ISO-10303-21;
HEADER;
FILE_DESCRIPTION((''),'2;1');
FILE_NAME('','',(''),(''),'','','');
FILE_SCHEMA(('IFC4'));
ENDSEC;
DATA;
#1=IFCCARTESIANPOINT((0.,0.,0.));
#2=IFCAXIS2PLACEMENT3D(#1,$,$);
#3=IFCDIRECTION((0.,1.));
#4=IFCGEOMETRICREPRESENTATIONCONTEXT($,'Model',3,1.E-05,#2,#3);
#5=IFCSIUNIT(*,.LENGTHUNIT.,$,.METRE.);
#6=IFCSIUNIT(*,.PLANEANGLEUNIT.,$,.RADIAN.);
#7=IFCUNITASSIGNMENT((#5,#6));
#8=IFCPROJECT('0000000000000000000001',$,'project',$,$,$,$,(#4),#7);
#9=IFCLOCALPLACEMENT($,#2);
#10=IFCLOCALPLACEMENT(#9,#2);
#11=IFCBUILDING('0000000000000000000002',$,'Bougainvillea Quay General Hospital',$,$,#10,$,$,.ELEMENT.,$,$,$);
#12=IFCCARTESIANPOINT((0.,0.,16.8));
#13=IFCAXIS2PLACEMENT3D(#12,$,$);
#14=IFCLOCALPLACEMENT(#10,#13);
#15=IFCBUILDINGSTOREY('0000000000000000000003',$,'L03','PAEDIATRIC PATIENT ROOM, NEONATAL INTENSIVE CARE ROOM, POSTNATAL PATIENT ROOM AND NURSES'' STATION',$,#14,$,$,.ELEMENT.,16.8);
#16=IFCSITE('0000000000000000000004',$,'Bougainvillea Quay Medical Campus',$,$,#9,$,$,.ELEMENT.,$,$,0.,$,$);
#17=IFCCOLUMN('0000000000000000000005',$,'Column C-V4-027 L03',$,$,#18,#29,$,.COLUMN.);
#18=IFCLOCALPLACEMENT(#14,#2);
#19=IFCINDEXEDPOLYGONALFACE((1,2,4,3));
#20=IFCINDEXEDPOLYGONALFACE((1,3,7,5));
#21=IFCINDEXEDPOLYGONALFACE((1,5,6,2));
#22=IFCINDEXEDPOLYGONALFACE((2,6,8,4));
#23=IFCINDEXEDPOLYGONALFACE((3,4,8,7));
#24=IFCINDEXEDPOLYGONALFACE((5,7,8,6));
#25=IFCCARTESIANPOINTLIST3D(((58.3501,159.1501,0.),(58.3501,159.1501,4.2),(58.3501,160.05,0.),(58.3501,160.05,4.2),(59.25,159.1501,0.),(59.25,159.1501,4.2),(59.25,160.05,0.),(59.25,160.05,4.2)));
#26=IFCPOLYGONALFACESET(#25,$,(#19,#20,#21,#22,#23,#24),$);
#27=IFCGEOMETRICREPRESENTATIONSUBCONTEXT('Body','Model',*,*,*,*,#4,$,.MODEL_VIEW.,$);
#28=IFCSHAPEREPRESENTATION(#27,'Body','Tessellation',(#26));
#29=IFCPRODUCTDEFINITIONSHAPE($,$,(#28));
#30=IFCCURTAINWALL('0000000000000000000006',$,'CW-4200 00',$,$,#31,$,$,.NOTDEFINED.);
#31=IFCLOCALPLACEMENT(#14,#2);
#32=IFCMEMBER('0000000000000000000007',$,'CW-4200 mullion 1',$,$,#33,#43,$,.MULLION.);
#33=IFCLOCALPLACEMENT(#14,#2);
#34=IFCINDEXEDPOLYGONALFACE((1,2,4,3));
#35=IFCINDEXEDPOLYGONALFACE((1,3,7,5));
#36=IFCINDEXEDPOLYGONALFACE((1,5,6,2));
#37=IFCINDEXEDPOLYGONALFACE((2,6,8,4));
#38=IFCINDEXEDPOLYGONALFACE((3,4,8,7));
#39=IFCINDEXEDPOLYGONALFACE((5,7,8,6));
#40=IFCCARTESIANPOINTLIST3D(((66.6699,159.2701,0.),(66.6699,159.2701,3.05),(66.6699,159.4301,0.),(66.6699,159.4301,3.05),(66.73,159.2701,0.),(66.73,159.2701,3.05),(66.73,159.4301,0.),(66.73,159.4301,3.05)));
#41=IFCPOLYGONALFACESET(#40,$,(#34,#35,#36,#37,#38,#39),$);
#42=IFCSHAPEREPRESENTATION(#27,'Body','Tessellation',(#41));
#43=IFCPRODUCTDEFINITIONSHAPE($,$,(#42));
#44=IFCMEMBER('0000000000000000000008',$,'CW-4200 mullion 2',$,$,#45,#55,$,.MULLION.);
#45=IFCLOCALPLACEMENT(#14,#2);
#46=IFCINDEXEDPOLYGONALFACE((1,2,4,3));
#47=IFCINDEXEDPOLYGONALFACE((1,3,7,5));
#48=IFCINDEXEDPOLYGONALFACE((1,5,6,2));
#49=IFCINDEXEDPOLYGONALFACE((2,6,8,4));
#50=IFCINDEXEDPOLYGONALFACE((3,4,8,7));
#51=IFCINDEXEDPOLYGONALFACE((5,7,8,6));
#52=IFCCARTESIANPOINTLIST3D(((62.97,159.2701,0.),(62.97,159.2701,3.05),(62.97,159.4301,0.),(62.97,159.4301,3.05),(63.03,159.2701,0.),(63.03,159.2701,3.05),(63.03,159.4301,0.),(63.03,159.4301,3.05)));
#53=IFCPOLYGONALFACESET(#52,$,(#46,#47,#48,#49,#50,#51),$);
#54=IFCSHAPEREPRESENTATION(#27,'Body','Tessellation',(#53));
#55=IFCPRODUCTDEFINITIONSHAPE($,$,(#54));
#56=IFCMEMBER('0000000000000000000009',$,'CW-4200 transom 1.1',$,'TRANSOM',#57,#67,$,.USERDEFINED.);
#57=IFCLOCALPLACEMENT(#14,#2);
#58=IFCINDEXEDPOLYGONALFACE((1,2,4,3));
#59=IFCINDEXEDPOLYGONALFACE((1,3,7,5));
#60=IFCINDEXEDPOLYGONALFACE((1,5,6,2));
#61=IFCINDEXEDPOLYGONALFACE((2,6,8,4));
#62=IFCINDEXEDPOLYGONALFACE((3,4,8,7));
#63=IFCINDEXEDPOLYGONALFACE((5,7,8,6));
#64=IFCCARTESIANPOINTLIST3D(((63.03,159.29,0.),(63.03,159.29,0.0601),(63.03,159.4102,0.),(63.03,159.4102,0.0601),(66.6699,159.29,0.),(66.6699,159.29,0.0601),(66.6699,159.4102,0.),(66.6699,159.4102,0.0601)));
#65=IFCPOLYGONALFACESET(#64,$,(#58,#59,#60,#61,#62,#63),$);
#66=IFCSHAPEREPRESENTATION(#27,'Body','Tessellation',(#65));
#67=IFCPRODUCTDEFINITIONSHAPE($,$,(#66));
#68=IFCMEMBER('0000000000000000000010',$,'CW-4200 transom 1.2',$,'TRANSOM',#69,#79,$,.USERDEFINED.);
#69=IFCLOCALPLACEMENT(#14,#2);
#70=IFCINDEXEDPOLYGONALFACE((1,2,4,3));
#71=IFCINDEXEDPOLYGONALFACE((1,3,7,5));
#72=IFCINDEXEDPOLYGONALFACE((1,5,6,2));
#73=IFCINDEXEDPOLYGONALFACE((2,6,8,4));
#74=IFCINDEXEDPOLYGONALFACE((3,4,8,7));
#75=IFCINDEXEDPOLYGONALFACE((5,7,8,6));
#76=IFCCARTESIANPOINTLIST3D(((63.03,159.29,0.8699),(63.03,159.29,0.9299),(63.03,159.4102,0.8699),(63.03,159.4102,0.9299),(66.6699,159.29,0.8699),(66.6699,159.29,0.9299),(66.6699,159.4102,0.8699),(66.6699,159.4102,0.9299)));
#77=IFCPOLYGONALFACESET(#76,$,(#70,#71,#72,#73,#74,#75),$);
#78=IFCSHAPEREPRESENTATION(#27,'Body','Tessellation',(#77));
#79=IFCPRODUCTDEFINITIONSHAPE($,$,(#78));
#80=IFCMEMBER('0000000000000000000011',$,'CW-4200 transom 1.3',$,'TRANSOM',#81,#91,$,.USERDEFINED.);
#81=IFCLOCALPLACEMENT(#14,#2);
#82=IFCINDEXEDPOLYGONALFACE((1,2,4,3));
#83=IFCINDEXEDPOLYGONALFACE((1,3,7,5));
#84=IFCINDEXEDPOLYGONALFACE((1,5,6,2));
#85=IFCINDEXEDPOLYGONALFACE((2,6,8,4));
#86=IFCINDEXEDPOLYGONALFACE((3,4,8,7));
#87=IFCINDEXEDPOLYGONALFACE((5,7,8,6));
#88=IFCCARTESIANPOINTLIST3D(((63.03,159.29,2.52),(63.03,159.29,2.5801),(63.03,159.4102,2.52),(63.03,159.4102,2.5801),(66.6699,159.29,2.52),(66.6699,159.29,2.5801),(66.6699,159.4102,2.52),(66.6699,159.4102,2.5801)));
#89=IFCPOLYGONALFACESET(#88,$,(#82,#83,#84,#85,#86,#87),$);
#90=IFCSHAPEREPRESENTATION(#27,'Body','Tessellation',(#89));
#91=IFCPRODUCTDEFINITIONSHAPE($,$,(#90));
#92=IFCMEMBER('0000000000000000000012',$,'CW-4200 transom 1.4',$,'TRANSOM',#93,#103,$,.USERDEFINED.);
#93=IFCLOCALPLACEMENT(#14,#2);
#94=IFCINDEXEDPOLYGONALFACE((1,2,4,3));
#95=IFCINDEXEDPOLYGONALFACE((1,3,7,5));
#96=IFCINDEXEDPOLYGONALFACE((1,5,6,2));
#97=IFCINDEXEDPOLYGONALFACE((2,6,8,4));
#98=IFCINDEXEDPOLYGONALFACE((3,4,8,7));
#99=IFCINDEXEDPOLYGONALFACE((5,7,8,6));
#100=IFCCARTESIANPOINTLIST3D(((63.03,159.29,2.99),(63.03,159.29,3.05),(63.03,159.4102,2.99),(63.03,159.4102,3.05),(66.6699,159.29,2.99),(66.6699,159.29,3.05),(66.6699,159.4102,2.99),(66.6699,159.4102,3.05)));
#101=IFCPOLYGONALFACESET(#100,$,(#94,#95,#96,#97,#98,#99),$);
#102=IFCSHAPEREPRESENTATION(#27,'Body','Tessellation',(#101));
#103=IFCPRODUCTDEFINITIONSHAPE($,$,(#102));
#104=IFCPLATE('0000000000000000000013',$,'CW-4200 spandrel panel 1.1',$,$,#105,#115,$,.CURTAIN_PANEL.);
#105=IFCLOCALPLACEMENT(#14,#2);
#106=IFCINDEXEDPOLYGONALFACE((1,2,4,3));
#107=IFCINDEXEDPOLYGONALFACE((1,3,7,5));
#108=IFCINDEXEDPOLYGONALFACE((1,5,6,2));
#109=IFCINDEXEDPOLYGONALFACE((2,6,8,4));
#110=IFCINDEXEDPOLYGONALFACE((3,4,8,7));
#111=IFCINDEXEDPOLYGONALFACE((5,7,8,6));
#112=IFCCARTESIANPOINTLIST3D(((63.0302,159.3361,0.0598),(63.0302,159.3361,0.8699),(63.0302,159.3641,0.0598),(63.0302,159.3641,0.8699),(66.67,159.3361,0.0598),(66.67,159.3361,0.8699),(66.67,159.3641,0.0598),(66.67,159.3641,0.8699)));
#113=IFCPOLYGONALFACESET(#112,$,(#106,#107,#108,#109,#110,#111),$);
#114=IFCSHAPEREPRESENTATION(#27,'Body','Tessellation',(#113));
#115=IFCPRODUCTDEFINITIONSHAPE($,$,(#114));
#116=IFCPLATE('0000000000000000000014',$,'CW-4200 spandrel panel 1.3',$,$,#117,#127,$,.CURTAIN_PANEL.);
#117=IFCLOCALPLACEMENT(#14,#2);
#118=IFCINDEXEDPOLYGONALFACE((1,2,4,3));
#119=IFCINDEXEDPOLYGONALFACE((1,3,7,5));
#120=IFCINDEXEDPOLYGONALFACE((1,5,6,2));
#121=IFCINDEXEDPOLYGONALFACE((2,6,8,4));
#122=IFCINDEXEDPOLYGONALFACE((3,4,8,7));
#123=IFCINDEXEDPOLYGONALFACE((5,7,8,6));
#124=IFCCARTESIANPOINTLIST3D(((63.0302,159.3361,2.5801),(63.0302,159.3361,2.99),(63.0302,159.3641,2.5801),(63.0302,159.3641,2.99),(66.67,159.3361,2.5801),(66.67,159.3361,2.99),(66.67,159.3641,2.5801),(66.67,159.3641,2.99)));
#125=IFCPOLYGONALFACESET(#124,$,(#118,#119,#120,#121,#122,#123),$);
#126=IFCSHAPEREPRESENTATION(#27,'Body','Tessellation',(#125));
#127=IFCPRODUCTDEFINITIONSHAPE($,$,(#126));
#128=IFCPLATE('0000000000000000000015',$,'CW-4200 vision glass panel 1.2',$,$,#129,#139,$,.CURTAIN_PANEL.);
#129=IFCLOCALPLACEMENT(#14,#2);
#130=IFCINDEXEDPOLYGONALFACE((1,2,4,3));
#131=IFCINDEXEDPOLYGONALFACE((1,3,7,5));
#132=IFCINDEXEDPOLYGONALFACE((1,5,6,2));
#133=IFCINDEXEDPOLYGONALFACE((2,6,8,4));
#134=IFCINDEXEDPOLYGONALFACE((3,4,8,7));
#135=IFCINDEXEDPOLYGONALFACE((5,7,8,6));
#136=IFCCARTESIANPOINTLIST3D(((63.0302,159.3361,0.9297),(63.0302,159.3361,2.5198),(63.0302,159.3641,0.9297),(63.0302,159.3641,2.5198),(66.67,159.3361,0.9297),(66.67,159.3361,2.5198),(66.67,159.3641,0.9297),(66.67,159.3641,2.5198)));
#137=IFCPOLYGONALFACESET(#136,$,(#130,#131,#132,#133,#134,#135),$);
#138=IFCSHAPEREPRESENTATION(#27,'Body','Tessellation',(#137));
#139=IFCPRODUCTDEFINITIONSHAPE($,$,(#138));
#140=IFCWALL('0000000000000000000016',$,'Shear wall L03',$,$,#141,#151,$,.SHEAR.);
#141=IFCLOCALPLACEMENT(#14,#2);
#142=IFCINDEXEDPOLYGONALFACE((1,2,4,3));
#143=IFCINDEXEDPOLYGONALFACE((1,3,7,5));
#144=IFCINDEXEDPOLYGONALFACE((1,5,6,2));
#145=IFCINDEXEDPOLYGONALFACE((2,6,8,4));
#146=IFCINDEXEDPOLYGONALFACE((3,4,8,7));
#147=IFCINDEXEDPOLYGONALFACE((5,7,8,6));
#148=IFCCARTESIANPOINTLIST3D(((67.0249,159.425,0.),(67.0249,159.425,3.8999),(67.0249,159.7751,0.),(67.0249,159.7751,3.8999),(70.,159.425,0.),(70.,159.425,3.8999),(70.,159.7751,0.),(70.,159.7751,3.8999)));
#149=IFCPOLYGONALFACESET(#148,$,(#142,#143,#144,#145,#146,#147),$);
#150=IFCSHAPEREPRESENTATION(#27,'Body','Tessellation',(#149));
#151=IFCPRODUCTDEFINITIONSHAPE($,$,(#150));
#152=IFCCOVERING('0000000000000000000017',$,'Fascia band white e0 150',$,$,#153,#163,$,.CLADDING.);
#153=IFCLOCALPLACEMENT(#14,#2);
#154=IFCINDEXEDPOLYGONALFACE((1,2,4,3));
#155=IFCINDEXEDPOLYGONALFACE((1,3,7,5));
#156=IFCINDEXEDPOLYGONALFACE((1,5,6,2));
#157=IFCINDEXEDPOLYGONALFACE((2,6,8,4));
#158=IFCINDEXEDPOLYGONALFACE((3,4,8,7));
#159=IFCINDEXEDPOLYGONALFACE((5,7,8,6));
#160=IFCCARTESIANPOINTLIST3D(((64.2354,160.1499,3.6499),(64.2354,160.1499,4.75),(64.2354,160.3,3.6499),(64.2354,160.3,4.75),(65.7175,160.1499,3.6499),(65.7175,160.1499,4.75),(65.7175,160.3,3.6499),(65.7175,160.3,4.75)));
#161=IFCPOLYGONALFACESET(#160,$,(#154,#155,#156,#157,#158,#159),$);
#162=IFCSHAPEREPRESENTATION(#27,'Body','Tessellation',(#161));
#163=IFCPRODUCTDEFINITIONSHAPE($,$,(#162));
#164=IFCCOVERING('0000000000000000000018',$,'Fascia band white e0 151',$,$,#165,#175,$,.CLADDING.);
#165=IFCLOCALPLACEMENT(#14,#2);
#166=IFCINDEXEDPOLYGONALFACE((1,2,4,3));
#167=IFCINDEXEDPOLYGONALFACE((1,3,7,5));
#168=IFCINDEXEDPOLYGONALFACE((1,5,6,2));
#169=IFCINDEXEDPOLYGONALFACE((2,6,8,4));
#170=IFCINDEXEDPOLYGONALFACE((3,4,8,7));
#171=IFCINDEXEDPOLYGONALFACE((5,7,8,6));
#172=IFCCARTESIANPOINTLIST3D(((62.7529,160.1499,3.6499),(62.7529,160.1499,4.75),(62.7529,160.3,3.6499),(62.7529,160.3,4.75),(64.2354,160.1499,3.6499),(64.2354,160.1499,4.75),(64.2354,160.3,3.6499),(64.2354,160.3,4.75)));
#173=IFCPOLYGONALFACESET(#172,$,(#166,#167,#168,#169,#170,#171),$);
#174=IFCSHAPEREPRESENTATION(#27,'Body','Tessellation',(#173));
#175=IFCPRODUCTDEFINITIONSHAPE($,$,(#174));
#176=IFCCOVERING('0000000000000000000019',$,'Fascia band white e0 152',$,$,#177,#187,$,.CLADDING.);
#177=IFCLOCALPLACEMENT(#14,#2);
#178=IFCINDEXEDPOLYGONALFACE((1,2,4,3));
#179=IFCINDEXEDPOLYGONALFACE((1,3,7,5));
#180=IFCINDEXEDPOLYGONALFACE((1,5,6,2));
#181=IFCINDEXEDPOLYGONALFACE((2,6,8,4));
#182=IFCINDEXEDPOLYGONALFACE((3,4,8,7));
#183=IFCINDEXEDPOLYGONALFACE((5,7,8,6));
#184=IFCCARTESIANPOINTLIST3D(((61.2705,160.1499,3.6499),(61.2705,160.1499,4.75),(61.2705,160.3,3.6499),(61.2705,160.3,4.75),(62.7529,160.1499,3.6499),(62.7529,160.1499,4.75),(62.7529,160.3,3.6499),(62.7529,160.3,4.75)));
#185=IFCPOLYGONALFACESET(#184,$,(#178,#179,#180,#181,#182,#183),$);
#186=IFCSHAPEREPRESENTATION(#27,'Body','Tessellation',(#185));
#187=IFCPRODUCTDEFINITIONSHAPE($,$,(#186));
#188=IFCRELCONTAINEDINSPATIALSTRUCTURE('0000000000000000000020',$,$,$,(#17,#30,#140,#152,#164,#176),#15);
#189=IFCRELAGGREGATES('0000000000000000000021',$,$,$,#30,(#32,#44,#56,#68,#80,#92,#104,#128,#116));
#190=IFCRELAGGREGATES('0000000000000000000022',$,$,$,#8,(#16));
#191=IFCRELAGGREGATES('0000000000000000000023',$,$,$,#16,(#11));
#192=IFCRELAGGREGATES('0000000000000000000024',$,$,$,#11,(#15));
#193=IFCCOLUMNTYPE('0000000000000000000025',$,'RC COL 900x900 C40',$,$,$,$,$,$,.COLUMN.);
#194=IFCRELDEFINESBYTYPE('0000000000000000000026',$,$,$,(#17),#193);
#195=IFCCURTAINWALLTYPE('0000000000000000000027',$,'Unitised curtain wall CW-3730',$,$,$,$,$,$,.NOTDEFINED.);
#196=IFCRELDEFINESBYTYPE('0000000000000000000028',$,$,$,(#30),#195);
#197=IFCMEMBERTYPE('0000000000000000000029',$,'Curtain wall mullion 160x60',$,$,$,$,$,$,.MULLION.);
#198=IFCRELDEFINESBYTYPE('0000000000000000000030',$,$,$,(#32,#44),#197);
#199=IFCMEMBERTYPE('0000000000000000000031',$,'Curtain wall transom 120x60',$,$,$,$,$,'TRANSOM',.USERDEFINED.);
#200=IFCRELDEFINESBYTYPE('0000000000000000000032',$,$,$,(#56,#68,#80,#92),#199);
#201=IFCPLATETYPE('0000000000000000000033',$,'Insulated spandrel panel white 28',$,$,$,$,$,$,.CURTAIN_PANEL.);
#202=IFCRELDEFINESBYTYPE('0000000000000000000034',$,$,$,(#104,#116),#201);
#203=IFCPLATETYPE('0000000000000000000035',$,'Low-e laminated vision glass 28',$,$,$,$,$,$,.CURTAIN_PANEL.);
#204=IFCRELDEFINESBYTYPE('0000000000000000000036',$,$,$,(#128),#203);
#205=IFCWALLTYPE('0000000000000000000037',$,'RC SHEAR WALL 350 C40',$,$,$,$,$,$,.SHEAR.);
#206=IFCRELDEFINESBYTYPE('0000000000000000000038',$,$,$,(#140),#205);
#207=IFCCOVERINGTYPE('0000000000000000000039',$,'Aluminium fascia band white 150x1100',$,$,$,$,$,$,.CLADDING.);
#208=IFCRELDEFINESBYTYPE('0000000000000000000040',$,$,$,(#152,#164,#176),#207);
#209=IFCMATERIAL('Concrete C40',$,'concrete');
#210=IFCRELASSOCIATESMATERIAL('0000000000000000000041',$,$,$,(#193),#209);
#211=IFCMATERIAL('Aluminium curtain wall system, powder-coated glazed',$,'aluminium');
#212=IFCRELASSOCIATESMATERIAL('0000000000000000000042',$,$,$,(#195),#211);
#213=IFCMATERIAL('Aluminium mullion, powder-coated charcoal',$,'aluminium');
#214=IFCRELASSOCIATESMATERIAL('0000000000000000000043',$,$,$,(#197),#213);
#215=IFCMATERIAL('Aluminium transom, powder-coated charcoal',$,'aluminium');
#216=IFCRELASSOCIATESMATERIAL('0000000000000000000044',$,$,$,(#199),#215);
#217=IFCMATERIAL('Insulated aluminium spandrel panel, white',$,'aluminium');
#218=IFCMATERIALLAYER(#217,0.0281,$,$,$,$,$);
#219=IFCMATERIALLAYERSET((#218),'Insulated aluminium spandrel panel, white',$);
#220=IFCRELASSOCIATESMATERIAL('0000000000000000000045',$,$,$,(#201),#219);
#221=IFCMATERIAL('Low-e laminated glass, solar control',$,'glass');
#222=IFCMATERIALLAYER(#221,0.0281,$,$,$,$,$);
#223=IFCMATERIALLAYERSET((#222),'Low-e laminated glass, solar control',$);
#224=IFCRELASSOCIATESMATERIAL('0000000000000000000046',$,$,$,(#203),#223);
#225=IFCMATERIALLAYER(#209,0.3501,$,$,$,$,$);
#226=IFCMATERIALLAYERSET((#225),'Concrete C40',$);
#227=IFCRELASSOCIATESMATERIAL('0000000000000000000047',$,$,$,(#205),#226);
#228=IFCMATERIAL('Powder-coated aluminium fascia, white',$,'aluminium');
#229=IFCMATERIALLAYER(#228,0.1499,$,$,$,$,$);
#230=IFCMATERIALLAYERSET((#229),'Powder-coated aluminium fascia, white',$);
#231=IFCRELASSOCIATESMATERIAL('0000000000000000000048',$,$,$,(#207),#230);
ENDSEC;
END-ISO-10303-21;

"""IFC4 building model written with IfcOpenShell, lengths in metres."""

from ifc_helpers import new_model, si_unit, direction, frame, frame_2d, origin, origin_2d, place, context, subcontext, project, spatial, polyline, rectangle, outline, extrude, material, layer, layer_set, material_profile, profile_set, type_object, element, aggregate, save


model = new_model("IFC4")

# Units and contexts
model_context = context("Model", 3, precision=1e-05, world=origin(), true_north=direction((0.0, 1.0)))
body_context = subcontext(model_context, "Body", "Model", "MODEL_VIEW")
ifc_project = project(units=[si_unit("LENGTHUNIT", "METRE"), si_unit("PLANEANGLEUNIT", "RADIAN")], contexts=[model_context])

# Site, building, storey
site_placement = place(None, origin())
site = spatial("IfcSite", under=ifc_project, at=site_placement, Name="Bougainvillea Quay Medical Campus", CompositionType="ELEMENT", RefElevation=0.0)
building_placement = place(site_placement, origin())
building = spatial("IfcBuilding", under=site, at=building_placement, Name="Bougainvillea Quay General Hospital", CompositionType="ELEMENT")
storey_placement = place(building_placement, frame((0.0, 0.0, 16.8)))
storey = spatial("IfcBuildingStorey", under=building, at=storey_placement, Name="L03", Description="PAEDIATRIC PATIENT ROOM, NEONATAL INTENSIVE CARE ROOM, POSTNATAL PATIENT ROOM AND NURSES' STATION", CompositionType="ELEMENT", Elevation=16.8)

# Column
ifc_material_1 = material(Name="Concrete C40", Category="concrete")
ifc_material_profile_1 = material_profile(ifc_material_1, rectangle(XDim=0.8999, YDim=0.8999, at=origin_2d()))
ifc_profile_set_1 = profile_set([ifc_material_profile_1], Name="Concrete C40")
column_type = type_object("IfcColumnType", Name="RC COL 900x900 C40", PredefinedType="COLUMN", material=ifc_profile_set_1)
column_placement = place(storey_placement, frame((58.8, 159.6001, 0.0), z_axis=(0.0, 0.0, 1.0), x_axis=(1.0, 0.0, 0.0)))
element("IfcColumn", 1, at=column_placement, inside=storey, type_object=column_type, Name="Column C-V4-027 L03", PredefinedType="COLUMN", context=body_context, shape_type="SweptSolid", body=[
    extrude(rectangle(XDim=0.8999, YDim=0.8999, at=origin_2d()), origin(), (0.0, 0.0, 1.0), 4.2),
])

# Curtain wall, members, plates
ifc_material_2 = material(Name="Aluminium curtain wall system, powder-coated glazed", Category="aluminium")
curtain_wall_type = type_object("IfcCurtainWallType", Name="Unitised curtain wall CW-3730", PredefinedType="NOTDEFINED", material=ifc_material_2)
curtain_wall_placement = place(storey_placement, origin())
curtain_wall = element("IfcCurtainWall", 2, at=curtain_wall_placement, inside=storey, type_object=curtain_wall_type, Name="CW-4200 00", PredefinedType="NOTDEFINED")
ifc_material_3 = material(Name="Aluminium mullion, powder-coated charcoal", Category="aluminium")
ifc_material_profile_2 = material_profile(ifc_material_3, rectangle(XDim=0.1599, YDim=0.0601, at=origin_2d()))
ifc_profile_set_2 = profile_set([ifc_material_profile_2], Name="Aluminium mullion, powder-coated charcoal")
member_type_1 = type_object("IfcMemberType", Name="Curtain wall mullion 160x60", PredefinedType="MULLION", material=ifc_profile_set_2)
member_1_placement = place(storey_placement, frame((66.7, 159.3501, 0.0), z_axis=(0.0, 0.0, 1.0), x_axis=(0.0, -1.0, 0.0)))
member_1 = element("IfcMember", 3, at=member_1_placement, type_object=member_type_1, Name="CW-4200 mullion 1", PredefinedType="MULLION", context=body_context, shape_type="SweptSolid", body=[
    extrude(rectangle(XDim=0.1599, YDim=0.0601, at=origin_2d()), origin(), (0.0, 0.0, 1.0), 3.05),
])
member_2_placement = place(storey_placement, frame((63.0, 159.3501, 0.0), z_axis=(0.0, 0.0, 1.0), x_axis=(0.0, -1.0, 0.0)))
member_2 = element("IfcMember", 4, at=member_2_placement, type_object=member_type_1, Name="CW-4200 mullion 2", PredefinedType="MULLION", context=body_context, shape_type="SweptSolid", body=[
    extrude(rectangle(XDim=0.1599, YDim=0.0601, at=origin_2d()), origin(), (0.0, 0.0, 1.0), 3.05),
])
ifc_material_4 = material(Name="Aluminium transom, powder-coated charcoal", Category="aluminium")
ifc_material_profile_3 = material_profile(ifc_material_4, rectangle(XDim=0.1201, YDim=0.0601, at=origin_2d()))
ifc_profile_set_3 = profile_set([ifc_material_profile_3], Name="Aluminium transom, powder-coated charcoal")
member_type_2 = type_object("IfcMemberType", Name="Curtain wall transom 120x60", ElementType="TRANSOM", PredefinedType="USERDEFINED", material=ifc_profile_set_3)
member_3_placement = place(storey_placement, frame((66.6699, 159.3501, 0.03), z_axis=(-1.0, 0.0, 0.0), x_axis=(0.0, -1.0, 0.0)))
member_3 = element("IfcMember", 5, at=member_3_placement, type_object=member_type_2, Name="CW-4200 transom 1.1", ObjectType="TRANSOM", PredefinedType="USERDEFINED", context=body_context, shape_type="SweptSolid", body=[
    extrude(rectangle(XDim=0.1201, YDim=0.0601, at=origin_2d()), origin(), (0.0, 0.0, 1.0), 3.6399),
])
member_4_placement = place(storey_placement, frame((66.6699, 159.3501, 0.8999), z_axis=(-1.0, 0.0, 0.0), x_axis=(0.0, -1.0, 0.0)))
member_4 = element("IfcMember", 6, at=member_4_placement, type_object=member_type_2, Name="CW-4200 transom 1.2", ObjectType="TRANSOM", PredefinedType="USERDEFINED", context=body_context, shape_type="SweptSolid", body=[
    extrude(rectangle(XDim=0.1201, YDim=0.0601, at=origin_2d()), origin(), (0.0, 0.0, 1.0), 3.6399),
])
member_5_placement = place(storey_placement, frame((66.6699, 159.3501, 2.55), z_axis=(-1.0, 0.0, 0.0), x_axis=(0.0, -1.0, 0.0)))
member_5 = element("IfcMember", 7, at=member_5_placement, type_object=member_type_2, Name="CW-4200 transom 1.3", ObjectType="TRANSOM", PredefinedType="USERDEFINED", context=body_context, shape_type="SweptSolid", body=[
    extrude(rectangle(XDim=0.1201, YDim=0.0601, at=origin_2d()), origin(), (0.0, 0.0, 1.0), 3.6399),
])
member_6_placement = place(storey_placement, frame((66.6699, 159.3501, 3.02), z_axis=(-1.0, 0.0, 0.0), x_axis=(0.0, -1.0, 0.0)))
member_6 = element("IfcMember", 8, at=member_6_placement, type_object=member_type_2, Name="CW-4200 transom 1.4", ObjectType="TRANSOM", PredefinedType="USERDEFINED", context=body_context, shape_type="SweptSolid", body=[
    extrude(rectangle(XDim=0.1201, YDim=0.0601, at=origin_2d()), origin(), (0.0, 0.0, 1.0), 3.6399),
])
ifc_material_5 = material(Name="Insulated aluminium spandrel panel, white", Category="aluminium")
ifc_layer_1 = layer(ifc_material_5, 0.0281)
ifc_layer_set_1 = layer_set([ifc_layer_1], Name="Insulated aluminium spandrel panel, white")
plate_type_1 = type_object("IfcPlateType", Name="Insulated spandrel panel white 28", PredefinedType="CURTAIN_PANEL", material=ifc_layer_set_1)
plate_1_placement = place(storey_placement, frame((64.8501, 159.3501, 0.0598), z_axis=(0.0, 0.0, 1.0), x_axis=(-1.0, 0.0, 0.0)))
plate_1 = element("IfcPlate", 9, at=plate_1_placement, type_object=plate_type_1, Name="CW-4200 spandrel panel 1.1", PredefinedType="CURTAIN_PANEL", context=body_context, shape_type="SweptSolid", body=[
    extrude(rectangle(XDim=3.6399, YDim=0.0281, at=origin_2d()), origin(), (0.0, 0.0, 1.0), 0.8101),
])
plate_2_placement = place(storey_placement, frame((64.8501, 159.3501, 2.5801), z_axis=(0.0, 0.0, 1.0), x_axis=(-1.0, 0.0, 0.0)))
plate_2 = element("IfcPlate", 10, at=plate_2_placement, type_object=plate_type_1, Name="CW-4200 spandrel panel 1.3", PredefinedType="CURTAIN_PANEL", context=body_context, shape_type="SweptSolid", body=[
    extrude(rectangle(XDim=3.6399, YDim=0.0281, at=origin_2d()), origin(), (0.0, 0.0, 1.0), 0.4099),
])
ifc_material_6 = material(Name="Low-e laminated glass, solar control", Category="glass")
ifc_layer_2 = layer(ifc_material_6, 0.0281)
ifc_layer_set_2 = layer_set([ifc_layer_2], Name="Low-e laminated glass, solar control")
plate_type_2 = type_object("IfcPlateType", Name="Low-e laminated vision glass 28", PredefinedType="CURTAIN_PANEL", material=ifc_layer_set_2)
plate_3_placement = place(storey_placement, frame((64.8501, 159.3501, 0.9297), z_axis=(0.0, 0.0, 1.0), x_axis=(-1.0, 0.0, 0.0)))
plate_3 = element("IfcPlate", 11, at=plate_3_placement, type_object=plate_type_2, Name="CW-4200 vision glass panel 1.2", PredefinedType="CURTAIN_PANEL", context=body_context, shape_type="SweptSolid", body=[
    extrude(rectangle(XDim=3.6399, YDim=0.0281, at=origin_2d()), origin(), (0.0, 0.0, 1.0), 1.5901),
])
aggregate(curtain_wall, [member_1, member_2, member_3, member_4, member_5, member_6, plate_1, plate_3, plate_2])

# Wall
ifc_layer_3 = layer(ifc_material_1, 0.3501)
ifc_layer_set_3 = layer_set([ifc_layer_3], Name="Concrete C40")
wall_type = type_object("IfcWallType", Name="RC SHEAR WALL 350 C40", PredefinedType="SHEAR", material=ifc_layer_set_3)
wall_placement = place(storey_placement, frame((67.0249, 159.6001, 0.0), z_axis=(0.0, 0.0, 1.0), x_axis=(1.0, 0.0, 0.0)))
element("IfcWall", 12, at=wall_placement, inside=storey, type_object=wall_type, Name="Shear wall L03", PredefinedType="SHEAR", context=body_context, shape_type="SweptSolid", body=[
    extrude(rectangle(XDim=2.9751, YDim=0.3501, at=frame_2d((1.4875, 0.0))), origin(), (0.0, 0.0, 1.0), 3.8999),
])

# Coverings
ifc_material_7 = material(Name="Powder-coated aluminium fascia, white", Category="aluminium")
ifc_layer_4 = layer(ifc_material_7, 0.1499)
ifc_layer_set_4 = layer_set([ifc_layer_4], Name="Powder-coated aluminium fascia, white")
covering_type = type_object("IfcCoveringType", Name="Aluminium fascia band white 150x1100", PredefinedType="CLADDING", material=ifc_layer_set_4)
covering_1_placement = place(storey_placement, frame((65.7175, 160.1499, 3.6499), z_axis=(0.0, 0.0, 1.0), x_axis=(-1.0, 0.0, 0.0)))
element("IfcCovering", 13, at=covering_1_placement, inside=storey, type_object=covering_type, Name="Fascia band white e0 150", PredefinedType="CLADDING", context=body_context, shape_type="SweptSolid", body=[
    extrude(outline(polyline([(0.0, 0.0), (1.4822, 0.0), (1.4822, -0.1501), (0.0, -0.1501), (0.0, 0.0)])), origin(), (0.0, 0.0, 1.0), 1.1001),
])
for number, where, z_axis, x_axis, name in (
    (14, (64.2354, 160.1499, 3.6499), (0.0, 0.0, 1.0), (-1.0, 0.0, 0.0), "Fascia band white e0 151"),
    (15, (62.7529, 160.1499, 3.6499), (0.0, 0.0, 1.0), (-1.0, 0.0, 0.0), "Fascia band white e0 152"),
):
    element("IfcCovering", number, at=place(storey_placement, frame(where, z_axis=z_axis, x_axis=x_axis)), inside=storey, type_object=covering_type, Name=name, PredefinedType="CLADDING", context=body_context, shape_type="SweptSolid", body=[
        extrude(outline(polyline([(0.0, 0.0), (1.4824, 0.0), (1.4824, -0.1501), (0.0, -0.1501), (0.0, 0.0)])), origin(), (0.0, 0.0, 1.0), 1.1001),
    ])

save(model, "model.ifc")
